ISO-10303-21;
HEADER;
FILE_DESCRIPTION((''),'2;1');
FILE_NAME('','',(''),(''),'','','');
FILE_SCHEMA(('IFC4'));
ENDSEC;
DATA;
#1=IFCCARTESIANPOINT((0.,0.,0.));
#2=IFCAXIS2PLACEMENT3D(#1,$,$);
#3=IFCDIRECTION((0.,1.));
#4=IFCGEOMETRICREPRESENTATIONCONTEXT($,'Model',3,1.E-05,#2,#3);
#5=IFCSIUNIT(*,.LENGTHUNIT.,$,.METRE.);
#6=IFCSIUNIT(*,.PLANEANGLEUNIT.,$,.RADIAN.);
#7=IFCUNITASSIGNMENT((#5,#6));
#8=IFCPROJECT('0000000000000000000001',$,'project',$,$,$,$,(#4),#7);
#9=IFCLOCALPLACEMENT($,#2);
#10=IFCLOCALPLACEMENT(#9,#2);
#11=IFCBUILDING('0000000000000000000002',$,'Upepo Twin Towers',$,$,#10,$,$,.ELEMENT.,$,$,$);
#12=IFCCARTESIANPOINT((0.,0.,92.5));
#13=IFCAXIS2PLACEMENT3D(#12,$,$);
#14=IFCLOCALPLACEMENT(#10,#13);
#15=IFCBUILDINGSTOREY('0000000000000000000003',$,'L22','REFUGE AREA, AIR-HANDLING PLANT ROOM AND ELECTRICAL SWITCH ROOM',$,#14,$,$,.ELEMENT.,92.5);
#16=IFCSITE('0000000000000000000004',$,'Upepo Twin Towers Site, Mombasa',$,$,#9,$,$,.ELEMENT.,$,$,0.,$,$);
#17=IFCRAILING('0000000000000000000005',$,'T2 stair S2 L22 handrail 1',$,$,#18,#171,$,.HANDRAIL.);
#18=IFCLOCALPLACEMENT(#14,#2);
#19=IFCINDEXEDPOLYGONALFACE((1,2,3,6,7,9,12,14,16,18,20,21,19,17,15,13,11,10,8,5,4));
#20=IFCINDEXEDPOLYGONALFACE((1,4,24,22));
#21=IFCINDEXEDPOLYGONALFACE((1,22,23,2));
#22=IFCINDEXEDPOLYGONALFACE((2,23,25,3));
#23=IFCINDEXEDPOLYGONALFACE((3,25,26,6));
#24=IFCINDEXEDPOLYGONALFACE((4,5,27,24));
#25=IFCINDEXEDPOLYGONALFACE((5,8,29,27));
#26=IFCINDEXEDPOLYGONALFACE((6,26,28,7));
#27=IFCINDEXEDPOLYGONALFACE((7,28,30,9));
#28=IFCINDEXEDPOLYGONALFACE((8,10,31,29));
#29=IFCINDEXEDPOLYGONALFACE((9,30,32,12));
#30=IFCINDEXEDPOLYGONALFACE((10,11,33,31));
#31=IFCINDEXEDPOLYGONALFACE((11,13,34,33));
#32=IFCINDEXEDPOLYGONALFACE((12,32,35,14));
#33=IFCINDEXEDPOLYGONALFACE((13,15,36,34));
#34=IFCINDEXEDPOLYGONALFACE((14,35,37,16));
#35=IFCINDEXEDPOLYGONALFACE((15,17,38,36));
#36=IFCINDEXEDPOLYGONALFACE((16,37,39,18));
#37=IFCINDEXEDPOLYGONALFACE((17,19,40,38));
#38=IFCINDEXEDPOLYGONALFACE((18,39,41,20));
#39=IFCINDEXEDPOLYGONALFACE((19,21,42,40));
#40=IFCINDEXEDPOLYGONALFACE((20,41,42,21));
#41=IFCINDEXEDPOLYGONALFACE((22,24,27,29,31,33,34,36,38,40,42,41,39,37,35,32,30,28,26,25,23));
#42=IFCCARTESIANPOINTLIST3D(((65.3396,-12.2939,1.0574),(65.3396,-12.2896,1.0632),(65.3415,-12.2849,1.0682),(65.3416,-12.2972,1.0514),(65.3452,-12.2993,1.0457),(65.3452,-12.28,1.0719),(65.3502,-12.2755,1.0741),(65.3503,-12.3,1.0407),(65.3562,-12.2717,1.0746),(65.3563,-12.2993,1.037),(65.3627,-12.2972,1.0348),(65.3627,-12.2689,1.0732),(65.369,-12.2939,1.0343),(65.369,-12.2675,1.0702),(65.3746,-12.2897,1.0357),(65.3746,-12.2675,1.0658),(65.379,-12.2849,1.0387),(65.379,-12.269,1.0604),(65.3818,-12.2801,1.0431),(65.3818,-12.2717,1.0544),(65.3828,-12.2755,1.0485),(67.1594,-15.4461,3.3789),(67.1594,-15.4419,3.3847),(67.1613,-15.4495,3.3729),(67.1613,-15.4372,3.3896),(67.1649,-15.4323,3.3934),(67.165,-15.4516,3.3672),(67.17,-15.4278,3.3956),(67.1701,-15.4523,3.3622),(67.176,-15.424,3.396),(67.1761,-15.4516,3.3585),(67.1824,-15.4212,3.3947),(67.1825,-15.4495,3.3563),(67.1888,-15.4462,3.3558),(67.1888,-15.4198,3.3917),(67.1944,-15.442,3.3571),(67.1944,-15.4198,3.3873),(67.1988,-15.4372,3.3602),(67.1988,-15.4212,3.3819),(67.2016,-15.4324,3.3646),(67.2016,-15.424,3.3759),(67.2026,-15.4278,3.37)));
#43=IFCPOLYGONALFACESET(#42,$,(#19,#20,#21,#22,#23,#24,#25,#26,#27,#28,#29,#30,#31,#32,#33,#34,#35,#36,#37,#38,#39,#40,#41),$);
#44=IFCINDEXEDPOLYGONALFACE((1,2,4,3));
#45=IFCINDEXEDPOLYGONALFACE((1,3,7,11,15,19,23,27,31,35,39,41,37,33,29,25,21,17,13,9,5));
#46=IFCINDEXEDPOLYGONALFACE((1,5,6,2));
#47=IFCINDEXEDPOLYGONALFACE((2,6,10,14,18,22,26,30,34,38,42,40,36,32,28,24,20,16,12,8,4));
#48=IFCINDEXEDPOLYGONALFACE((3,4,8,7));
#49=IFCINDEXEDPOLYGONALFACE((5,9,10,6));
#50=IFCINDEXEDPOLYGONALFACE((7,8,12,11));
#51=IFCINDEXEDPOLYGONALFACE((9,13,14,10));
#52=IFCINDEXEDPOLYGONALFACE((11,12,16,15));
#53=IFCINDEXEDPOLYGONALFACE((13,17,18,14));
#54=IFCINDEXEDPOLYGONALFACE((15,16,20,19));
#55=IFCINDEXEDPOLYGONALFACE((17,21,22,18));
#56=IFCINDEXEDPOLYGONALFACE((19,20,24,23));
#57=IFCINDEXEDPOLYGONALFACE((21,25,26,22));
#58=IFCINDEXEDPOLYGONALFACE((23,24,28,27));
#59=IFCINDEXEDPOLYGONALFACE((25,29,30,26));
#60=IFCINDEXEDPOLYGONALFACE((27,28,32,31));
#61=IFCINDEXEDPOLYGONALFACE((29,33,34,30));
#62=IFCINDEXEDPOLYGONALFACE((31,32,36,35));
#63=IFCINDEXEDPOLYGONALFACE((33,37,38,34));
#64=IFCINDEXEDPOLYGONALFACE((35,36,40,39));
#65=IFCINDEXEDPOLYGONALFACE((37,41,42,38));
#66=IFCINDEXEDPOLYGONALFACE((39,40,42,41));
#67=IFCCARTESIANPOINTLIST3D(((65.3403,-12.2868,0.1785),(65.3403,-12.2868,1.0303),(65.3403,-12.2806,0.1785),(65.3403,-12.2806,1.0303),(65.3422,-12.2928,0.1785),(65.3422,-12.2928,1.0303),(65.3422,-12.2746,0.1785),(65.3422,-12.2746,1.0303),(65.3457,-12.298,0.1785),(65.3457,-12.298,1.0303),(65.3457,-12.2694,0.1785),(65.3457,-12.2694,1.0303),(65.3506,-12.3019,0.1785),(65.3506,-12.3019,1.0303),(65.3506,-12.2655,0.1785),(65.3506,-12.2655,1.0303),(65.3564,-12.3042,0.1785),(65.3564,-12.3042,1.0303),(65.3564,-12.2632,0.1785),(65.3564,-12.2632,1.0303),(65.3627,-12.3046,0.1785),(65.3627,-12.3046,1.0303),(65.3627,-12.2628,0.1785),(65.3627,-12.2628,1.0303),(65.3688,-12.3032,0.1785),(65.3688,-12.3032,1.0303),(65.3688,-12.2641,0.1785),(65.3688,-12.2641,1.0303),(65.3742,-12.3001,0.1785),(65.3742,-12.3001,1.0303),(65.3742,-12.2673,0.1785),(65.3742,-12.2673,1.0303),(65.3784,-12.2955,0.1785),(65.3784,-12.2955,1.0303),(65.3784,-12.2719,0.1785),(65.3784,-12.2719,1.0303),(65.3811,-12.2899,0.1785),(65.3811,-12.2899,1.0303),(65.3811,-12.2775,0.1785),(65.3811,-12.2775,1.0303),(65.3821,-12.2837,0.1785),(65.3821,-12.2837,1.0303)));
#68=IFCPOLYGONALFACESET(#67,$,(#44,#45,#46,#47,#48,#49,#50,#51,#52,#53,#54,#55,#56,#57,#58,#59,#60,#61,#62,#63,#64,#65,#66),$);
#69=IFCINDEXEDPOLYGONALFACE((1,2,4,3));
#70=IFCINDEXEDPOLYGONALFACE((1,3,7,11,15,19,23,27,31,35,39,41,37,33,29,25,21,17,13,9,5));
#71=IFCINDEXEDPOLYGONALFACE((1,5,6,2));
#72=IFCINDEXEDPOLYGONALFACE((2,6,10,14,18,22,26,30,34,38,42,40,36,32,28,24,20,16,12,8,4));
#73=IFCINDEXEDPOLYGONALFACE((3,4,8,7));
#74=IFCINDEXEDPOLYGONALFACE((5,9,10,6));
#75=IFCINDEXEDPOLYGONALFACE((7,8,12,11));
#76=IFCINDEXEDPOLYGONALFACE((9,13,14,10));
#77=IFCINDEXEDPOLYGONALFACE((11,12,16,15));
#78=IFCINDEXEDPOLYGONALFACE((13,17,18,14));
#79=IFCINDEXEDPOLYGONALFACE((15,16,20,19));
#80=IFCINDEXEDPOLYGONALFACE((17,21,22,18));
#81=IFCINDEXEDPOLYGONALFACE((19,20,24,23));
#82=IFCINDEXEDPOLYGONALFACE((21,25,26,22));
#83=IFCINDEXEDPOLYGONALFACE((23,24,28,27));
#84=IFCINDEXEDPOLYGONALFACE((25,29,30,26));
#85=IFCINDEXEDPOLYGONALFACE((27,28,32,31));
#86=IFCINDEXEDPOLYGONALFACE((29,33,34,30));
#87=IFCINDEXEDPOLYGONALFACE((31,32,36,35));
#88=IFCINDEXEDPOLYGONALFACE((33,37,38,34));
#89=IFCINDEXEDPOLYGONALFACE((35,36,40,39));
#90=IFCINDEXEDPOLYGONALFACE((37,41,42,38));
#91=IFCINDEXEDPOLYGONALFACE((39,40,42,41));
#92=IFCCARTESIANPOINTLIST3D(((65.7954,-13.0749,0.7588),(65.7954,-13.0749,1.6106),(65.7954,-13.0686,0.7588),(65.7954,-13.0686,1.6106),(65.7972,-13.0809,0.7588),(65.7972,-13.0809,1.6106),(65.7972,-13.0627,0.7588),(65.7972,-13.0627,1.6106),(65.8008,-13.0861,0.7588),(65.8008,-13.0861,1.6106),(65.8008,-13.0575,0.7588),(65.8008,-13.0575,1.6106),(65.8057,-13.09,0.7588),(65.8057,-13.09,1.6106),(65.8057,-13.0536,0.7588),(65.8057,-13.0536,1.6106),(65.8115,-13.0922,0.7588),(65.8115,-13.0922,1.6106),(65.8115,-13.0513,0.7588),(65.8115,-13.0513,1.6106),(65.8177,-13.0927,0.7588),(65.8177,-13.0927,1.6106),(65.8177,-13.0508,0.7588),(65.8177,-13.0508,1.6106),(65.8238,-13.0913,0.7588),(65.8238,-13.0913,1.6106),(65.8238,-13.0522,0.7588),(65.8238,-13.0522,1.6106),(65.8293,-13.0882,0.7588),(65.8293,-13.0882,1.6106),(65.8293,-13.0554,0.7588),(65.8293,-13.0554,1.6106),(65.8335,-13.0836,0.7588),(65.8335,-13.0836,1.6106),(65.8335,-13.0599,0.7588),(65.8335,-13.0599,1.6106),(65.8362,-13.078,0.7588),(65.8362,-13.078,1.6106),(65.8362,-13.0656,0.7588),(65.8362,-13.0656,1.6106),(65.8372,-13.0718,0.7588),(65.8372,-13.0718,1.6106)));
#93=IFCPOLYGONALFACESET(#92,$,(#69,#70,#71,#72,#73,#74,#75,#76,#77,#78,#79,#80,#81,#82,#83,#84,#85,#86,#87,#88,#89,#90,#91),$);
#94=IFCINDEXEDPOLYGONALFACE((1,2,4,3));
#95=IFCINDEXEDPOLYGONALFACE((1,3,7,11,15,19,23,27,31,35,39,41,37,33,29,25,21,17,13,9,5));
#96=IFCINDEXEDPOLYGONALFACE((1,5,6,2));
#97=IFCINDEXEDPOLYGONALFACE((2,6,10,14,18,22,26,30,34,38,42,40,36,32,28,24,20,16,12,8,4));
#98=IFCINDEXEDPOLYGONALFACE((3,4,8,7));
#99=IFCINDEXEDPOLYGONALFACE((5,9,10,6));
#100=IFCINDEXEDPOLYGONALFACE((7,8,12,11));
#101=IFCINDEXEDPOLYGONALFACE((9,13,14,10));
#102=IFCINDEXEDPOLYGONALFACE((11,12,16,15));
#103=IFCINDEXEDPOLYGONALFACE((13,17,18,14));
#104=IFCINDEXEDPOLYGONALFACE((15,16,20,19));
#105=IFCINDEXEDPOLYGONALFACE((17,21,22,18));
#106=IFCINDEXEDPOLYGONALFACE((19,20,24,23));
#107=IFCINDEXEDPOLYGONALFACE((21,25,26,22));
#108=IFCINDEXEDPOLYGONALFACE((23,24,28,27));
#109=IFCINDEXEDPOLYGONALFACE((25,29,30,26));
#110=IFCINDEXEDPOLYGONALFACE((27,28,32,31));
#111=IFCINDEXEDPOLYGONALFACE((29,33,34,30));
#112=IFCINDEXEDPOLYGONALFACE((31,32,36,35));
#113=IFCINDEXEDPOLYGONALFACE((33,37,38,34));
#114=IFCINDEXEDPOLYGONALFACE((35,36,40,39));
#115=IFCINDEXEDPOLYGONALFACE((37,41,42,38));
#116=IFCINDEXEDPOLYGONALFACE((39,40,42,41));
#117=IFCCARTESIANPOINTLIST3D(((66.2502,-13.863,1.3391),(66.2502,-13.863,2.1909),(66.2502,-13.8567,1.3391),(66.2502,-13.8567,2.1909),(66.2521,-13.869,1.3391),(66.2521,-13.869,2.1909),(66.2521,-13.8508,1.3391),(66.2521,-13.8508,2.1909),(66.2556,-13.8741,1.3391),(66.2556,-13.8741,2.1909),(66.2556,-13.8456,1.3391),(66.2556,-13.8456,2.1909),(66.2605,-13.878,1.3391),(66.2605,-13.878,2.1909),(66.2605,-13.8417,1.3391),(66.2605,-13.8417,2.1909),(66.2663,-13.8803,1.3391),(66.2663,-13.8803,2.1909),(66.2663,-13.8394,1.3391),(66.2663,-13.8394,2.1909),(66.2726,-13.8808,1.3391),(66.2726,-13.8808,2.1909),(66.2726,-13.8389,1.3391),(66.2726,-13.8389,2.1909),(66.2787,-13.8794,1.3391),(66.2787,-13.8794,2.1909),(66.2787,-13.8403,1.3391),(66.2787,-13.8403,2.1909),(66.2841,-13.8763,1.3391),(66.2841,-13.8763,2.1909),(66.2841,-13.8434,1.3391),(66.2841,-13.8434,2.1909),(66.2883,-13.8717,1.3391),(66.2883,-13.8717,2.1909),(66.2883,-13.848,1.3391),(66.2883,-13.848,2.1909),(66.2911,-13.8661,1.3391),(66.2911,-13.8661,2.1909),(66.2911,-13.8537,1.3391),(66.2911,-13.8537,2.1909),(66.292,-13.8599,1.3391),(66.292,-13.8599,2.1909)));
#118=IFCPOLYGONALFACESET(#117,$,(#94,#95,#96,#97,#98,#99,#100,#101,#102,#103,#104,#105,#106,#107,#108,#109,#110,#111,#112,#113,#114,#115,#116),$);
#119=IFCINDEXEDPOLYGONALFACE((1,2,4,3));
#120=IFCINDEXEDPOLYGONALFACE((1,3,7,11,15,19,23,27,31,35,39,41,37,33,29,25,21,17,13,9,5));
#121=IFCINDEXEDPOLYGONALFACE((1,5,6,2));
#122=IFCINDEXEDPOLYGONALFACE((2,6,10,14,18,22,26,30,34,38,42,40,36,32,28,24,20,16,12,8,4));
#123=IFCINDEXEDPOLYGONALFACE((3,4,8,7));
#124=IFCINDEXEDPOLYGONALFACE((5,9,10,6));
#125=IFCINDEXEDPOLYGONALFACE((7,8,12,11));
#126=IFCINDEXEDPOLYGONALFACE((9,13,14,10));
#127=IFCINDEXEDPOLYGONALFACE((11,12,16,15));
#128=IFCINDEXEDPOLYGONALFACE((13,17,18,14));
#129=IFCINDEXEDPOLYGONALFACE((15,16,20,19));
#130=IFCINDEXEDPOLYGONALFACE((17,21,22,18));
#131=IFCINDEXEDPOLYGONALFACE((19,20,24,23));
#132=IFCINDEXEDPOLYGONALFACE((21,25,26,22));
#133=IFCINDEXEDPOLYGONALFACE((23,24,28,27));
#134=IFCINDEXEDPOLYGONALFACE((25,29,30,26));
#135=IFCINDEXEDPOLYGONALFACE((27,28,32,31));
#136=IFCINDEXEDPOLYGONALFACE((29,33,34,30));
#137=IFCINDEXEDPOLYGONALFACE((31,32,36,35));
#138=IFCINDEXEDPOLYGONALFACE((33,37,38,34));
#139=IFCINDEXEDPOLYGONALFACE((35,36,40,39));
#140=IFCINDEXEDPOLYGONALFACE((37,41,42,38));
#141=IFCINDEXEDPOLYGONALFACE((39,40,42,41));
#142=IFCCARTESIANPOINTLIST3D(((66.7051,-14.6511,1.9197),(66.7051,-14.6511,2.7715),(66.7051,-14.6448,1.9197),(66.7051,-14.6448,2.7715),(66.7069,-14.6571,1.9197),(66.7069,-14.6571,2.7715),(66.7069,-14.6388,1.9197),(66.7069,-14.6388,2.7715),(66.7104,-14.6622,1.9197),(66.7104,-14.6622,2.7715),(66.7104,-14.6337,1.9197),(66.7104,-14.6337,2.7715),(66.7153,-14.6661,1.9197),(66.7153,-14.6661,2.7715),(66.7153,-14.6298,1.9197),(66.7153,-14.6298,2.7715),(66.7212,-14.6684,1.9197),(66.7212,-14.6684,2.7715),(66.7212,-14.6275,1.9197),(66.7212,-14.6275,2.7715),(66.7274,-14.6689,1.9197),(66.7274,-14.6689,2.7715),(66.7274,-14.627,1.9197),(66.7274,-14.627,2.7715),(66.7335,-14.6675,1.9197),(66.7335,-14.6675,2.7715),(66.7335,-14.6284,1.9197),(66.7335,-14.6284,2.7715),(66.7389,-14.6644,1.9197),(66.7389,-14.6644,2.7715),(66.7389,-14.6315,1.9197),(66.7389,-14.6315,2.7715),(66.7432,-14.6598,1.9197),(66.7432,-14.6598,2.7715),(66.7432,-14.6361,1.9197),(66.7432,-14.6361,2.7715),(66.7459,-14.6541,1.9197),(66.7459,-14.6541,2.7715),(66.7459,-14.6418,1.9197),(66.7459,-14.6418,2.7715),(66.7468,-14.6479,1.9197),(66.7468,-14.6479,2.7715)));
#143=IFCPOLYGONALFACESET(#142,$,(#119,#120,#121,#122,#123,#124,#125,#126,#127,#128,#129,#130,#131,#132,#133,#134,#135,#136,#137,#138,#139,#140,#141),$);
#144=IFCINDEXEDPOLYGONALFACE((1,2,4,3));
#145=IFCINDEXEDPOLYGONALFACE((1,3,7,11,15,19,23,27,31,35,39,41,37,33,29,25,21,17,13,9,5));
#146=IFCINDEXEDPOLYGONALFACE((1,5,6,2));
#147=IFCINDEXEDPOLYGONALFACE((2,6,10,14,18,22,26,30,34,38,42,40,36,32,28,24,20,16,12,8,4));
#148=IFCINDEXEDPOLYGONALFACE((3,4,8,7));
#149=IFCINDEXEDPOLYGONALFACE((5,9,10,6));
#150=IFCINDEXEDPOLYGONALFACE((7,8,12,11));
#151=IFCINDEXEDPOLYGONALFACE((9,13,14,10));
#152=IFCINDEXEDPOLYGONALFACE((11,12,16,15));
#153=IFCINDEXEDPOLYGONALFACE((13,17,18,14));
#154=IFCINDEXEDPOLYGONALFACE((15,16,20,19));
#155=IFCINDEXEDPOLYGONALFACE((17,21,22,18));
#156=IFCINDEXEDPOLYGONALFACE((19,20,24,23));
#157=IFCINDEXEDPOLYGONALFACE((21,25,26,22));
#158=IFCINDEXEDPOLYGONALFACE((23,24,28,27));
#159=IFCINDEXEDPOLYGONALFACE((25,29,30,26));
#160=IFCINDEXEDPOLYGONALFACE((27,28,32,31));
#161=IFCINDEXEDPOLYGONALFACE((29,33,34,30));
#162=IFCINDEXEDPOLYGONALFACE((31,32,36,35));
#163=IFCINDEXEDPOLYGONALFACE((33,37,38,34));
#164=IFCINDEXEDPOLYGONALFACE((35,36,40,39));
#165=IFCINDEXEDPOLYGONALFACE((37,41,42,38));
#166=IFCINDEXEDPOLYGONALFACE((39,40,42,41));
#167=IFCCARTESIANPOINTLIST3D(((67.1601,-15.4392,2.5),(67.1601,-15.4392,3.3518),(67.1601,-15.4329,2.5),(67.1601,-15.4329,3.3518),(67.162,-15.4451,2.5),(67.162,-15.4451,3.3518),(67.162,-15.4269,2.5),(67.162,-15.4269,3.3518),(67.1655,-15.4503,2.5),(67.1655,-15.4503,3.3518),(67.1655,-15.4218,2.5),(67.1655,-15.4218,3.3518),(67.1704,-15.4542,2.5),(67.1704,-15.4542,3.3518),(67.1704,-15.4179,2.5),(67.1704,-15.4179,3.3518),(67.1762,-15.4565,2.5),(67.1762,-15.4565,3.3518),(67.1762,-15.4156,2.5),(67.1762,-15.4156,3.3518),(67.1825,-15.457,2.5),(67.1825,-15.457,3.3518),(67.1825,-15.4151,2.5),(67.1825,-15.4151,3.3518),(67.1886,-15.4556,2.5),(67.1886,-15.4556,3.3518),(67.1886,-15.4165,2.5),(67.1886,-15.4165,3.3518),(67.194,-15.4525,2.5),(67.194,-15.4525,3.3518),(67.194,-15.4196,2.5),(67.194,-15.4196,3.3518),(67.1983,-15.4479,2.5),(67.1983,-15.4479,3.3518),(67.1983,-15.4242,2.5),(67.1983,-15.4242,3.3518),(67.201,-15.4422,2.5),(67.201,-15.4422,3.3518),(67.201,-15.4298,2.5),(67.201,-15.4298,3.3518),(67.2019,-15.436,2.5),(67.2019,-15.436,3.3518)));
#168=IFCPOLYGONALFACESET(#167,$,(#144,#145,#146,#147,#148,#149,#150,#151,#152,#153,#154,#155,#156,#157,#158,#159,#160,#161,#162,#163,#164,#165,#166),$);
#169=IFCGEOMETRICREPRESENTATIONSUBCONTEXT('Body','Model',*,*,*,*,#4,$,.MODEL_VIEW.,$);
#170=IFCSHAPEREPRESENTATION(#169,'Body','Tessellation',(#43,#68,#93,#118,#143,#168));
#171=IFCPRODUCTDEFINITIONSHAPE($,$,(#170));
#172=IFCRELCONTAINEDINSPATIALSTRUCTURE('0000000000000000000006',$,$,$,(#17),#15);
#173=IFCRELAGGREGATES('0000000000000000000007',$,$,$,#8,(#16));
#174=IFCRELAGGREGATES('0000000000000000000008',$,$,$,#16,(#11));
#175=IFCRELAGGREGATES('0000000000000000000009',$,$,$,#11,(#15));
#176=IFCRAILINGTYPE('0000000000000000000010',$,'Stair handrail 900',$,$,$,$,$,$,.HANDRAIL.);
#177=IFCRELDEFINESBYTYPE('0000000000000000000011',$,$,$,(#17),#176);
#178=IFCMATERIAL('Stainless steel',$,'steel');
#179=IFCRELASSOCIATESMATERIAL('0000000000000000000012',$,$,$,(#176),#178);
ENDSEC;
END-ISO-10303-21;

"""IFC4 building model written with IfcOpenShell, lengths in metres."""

from ifc_helpers import new_model, si_unit, direction, frame, origin, origin_2d, place, context, subcontext, project, spatial, circle, extrude, material, type_object, element, save


model = new_model("IFC4")

# Units and contexts
model_context = context("Model", 3, precision=1e-05, world=origin(), true_north=direction((0.0, 1.0)))
body_context = subcontext(model_context, "Body", "Model", "MODEL_VIEW")
ifc_project = project(units=[si_unit("LENGTHUNIT", "METRE"), si_unit("PLANEANGLEUNIT", "RADIAN")], contexts=[model_context])

# Site, building, storey
site_placement = place(None, origin())
site = spatial("IfcSite", under=ifc_project, at=site_placement, Name="Upepo Twin Towers Site, Mombasa", CompositionType="ELEMENT", RefElevation=0.0)
building_placement = place(site_placement, origin())
building = spatial("IfcBuilding", under=site, at=building_placement, Name="Upepo Twin Towers", CompositionType="ELEMENT")
storey_placement = place(building_placement, frame((0.0, 0.0, 92.5)))
storey = spatial("IfcBuildingStorey", under=building, at=storey_placement, Name="L22", Description="REFUGE AREA, AIR-HANDLING PLANT ROOM AND ELECTRICAL SWITCH ROOM", CompositionType="ELEMENT", Elevation=92.5)

# Railing
ifc_material_1 = material(Name="Stainless steel", Category="steel")
railing_type_1 = type_object("IfcRailingType", Name="Stair handrail 900", PredefinedType="HANDRAIL", material=ifc_material_1)
railing_1_placement = place(storey_placement, frame((65.3611, -12.2837, 0.1785)))
element("IfcRailing", 1, at=railing_1_placement, inside=storey, type_object=railing_type_1, Name="T2 stair S2 L22 handrail 1", PredefinedType="HANDRAIL", context=body_context, shape_type="SweptSolid", body=[
    extrude(circle(Radius=0.0239, at=origin_2d()), frame((0.0, 0.0, 0.876), z_axis=(0.421525, -0.730176, 0.537736), x_axis=(0.866047, 0.499962, 0.0)), (0.0, 0.0, 1.0), 4.3171),
    extrude(circle(Radius=0.021, at=origin_2d()), origin(), (0.0, 0.0, 1.0), 0.8518),
    extrude(circle(Radius=0.021, at=origin_2d()), frame((0.4551, -0.7881, 0.5803)), (0.0, 0.0, 1.0), 0.8518),
    extrude(circle(Radius=0.021, at=origin_2d()), frame((0.9099, -1.5762, 1.1606)), (0.0, 0.0, 1.0), 0.8518),
    extrude(circle(Radius=0.021, at=origin_2d()), frame((1.3647, -2.3643, 1.7412)), (0.0, 0.0, 1.0), 0.8518),
    extrude(circle(Radius=0.021, at=origin_2d()), frame((1.8198, -3.1523, 2.3215)), (0.0, 0.0, 1.0), 0.8518),
])

save(model, "model.ifc")
